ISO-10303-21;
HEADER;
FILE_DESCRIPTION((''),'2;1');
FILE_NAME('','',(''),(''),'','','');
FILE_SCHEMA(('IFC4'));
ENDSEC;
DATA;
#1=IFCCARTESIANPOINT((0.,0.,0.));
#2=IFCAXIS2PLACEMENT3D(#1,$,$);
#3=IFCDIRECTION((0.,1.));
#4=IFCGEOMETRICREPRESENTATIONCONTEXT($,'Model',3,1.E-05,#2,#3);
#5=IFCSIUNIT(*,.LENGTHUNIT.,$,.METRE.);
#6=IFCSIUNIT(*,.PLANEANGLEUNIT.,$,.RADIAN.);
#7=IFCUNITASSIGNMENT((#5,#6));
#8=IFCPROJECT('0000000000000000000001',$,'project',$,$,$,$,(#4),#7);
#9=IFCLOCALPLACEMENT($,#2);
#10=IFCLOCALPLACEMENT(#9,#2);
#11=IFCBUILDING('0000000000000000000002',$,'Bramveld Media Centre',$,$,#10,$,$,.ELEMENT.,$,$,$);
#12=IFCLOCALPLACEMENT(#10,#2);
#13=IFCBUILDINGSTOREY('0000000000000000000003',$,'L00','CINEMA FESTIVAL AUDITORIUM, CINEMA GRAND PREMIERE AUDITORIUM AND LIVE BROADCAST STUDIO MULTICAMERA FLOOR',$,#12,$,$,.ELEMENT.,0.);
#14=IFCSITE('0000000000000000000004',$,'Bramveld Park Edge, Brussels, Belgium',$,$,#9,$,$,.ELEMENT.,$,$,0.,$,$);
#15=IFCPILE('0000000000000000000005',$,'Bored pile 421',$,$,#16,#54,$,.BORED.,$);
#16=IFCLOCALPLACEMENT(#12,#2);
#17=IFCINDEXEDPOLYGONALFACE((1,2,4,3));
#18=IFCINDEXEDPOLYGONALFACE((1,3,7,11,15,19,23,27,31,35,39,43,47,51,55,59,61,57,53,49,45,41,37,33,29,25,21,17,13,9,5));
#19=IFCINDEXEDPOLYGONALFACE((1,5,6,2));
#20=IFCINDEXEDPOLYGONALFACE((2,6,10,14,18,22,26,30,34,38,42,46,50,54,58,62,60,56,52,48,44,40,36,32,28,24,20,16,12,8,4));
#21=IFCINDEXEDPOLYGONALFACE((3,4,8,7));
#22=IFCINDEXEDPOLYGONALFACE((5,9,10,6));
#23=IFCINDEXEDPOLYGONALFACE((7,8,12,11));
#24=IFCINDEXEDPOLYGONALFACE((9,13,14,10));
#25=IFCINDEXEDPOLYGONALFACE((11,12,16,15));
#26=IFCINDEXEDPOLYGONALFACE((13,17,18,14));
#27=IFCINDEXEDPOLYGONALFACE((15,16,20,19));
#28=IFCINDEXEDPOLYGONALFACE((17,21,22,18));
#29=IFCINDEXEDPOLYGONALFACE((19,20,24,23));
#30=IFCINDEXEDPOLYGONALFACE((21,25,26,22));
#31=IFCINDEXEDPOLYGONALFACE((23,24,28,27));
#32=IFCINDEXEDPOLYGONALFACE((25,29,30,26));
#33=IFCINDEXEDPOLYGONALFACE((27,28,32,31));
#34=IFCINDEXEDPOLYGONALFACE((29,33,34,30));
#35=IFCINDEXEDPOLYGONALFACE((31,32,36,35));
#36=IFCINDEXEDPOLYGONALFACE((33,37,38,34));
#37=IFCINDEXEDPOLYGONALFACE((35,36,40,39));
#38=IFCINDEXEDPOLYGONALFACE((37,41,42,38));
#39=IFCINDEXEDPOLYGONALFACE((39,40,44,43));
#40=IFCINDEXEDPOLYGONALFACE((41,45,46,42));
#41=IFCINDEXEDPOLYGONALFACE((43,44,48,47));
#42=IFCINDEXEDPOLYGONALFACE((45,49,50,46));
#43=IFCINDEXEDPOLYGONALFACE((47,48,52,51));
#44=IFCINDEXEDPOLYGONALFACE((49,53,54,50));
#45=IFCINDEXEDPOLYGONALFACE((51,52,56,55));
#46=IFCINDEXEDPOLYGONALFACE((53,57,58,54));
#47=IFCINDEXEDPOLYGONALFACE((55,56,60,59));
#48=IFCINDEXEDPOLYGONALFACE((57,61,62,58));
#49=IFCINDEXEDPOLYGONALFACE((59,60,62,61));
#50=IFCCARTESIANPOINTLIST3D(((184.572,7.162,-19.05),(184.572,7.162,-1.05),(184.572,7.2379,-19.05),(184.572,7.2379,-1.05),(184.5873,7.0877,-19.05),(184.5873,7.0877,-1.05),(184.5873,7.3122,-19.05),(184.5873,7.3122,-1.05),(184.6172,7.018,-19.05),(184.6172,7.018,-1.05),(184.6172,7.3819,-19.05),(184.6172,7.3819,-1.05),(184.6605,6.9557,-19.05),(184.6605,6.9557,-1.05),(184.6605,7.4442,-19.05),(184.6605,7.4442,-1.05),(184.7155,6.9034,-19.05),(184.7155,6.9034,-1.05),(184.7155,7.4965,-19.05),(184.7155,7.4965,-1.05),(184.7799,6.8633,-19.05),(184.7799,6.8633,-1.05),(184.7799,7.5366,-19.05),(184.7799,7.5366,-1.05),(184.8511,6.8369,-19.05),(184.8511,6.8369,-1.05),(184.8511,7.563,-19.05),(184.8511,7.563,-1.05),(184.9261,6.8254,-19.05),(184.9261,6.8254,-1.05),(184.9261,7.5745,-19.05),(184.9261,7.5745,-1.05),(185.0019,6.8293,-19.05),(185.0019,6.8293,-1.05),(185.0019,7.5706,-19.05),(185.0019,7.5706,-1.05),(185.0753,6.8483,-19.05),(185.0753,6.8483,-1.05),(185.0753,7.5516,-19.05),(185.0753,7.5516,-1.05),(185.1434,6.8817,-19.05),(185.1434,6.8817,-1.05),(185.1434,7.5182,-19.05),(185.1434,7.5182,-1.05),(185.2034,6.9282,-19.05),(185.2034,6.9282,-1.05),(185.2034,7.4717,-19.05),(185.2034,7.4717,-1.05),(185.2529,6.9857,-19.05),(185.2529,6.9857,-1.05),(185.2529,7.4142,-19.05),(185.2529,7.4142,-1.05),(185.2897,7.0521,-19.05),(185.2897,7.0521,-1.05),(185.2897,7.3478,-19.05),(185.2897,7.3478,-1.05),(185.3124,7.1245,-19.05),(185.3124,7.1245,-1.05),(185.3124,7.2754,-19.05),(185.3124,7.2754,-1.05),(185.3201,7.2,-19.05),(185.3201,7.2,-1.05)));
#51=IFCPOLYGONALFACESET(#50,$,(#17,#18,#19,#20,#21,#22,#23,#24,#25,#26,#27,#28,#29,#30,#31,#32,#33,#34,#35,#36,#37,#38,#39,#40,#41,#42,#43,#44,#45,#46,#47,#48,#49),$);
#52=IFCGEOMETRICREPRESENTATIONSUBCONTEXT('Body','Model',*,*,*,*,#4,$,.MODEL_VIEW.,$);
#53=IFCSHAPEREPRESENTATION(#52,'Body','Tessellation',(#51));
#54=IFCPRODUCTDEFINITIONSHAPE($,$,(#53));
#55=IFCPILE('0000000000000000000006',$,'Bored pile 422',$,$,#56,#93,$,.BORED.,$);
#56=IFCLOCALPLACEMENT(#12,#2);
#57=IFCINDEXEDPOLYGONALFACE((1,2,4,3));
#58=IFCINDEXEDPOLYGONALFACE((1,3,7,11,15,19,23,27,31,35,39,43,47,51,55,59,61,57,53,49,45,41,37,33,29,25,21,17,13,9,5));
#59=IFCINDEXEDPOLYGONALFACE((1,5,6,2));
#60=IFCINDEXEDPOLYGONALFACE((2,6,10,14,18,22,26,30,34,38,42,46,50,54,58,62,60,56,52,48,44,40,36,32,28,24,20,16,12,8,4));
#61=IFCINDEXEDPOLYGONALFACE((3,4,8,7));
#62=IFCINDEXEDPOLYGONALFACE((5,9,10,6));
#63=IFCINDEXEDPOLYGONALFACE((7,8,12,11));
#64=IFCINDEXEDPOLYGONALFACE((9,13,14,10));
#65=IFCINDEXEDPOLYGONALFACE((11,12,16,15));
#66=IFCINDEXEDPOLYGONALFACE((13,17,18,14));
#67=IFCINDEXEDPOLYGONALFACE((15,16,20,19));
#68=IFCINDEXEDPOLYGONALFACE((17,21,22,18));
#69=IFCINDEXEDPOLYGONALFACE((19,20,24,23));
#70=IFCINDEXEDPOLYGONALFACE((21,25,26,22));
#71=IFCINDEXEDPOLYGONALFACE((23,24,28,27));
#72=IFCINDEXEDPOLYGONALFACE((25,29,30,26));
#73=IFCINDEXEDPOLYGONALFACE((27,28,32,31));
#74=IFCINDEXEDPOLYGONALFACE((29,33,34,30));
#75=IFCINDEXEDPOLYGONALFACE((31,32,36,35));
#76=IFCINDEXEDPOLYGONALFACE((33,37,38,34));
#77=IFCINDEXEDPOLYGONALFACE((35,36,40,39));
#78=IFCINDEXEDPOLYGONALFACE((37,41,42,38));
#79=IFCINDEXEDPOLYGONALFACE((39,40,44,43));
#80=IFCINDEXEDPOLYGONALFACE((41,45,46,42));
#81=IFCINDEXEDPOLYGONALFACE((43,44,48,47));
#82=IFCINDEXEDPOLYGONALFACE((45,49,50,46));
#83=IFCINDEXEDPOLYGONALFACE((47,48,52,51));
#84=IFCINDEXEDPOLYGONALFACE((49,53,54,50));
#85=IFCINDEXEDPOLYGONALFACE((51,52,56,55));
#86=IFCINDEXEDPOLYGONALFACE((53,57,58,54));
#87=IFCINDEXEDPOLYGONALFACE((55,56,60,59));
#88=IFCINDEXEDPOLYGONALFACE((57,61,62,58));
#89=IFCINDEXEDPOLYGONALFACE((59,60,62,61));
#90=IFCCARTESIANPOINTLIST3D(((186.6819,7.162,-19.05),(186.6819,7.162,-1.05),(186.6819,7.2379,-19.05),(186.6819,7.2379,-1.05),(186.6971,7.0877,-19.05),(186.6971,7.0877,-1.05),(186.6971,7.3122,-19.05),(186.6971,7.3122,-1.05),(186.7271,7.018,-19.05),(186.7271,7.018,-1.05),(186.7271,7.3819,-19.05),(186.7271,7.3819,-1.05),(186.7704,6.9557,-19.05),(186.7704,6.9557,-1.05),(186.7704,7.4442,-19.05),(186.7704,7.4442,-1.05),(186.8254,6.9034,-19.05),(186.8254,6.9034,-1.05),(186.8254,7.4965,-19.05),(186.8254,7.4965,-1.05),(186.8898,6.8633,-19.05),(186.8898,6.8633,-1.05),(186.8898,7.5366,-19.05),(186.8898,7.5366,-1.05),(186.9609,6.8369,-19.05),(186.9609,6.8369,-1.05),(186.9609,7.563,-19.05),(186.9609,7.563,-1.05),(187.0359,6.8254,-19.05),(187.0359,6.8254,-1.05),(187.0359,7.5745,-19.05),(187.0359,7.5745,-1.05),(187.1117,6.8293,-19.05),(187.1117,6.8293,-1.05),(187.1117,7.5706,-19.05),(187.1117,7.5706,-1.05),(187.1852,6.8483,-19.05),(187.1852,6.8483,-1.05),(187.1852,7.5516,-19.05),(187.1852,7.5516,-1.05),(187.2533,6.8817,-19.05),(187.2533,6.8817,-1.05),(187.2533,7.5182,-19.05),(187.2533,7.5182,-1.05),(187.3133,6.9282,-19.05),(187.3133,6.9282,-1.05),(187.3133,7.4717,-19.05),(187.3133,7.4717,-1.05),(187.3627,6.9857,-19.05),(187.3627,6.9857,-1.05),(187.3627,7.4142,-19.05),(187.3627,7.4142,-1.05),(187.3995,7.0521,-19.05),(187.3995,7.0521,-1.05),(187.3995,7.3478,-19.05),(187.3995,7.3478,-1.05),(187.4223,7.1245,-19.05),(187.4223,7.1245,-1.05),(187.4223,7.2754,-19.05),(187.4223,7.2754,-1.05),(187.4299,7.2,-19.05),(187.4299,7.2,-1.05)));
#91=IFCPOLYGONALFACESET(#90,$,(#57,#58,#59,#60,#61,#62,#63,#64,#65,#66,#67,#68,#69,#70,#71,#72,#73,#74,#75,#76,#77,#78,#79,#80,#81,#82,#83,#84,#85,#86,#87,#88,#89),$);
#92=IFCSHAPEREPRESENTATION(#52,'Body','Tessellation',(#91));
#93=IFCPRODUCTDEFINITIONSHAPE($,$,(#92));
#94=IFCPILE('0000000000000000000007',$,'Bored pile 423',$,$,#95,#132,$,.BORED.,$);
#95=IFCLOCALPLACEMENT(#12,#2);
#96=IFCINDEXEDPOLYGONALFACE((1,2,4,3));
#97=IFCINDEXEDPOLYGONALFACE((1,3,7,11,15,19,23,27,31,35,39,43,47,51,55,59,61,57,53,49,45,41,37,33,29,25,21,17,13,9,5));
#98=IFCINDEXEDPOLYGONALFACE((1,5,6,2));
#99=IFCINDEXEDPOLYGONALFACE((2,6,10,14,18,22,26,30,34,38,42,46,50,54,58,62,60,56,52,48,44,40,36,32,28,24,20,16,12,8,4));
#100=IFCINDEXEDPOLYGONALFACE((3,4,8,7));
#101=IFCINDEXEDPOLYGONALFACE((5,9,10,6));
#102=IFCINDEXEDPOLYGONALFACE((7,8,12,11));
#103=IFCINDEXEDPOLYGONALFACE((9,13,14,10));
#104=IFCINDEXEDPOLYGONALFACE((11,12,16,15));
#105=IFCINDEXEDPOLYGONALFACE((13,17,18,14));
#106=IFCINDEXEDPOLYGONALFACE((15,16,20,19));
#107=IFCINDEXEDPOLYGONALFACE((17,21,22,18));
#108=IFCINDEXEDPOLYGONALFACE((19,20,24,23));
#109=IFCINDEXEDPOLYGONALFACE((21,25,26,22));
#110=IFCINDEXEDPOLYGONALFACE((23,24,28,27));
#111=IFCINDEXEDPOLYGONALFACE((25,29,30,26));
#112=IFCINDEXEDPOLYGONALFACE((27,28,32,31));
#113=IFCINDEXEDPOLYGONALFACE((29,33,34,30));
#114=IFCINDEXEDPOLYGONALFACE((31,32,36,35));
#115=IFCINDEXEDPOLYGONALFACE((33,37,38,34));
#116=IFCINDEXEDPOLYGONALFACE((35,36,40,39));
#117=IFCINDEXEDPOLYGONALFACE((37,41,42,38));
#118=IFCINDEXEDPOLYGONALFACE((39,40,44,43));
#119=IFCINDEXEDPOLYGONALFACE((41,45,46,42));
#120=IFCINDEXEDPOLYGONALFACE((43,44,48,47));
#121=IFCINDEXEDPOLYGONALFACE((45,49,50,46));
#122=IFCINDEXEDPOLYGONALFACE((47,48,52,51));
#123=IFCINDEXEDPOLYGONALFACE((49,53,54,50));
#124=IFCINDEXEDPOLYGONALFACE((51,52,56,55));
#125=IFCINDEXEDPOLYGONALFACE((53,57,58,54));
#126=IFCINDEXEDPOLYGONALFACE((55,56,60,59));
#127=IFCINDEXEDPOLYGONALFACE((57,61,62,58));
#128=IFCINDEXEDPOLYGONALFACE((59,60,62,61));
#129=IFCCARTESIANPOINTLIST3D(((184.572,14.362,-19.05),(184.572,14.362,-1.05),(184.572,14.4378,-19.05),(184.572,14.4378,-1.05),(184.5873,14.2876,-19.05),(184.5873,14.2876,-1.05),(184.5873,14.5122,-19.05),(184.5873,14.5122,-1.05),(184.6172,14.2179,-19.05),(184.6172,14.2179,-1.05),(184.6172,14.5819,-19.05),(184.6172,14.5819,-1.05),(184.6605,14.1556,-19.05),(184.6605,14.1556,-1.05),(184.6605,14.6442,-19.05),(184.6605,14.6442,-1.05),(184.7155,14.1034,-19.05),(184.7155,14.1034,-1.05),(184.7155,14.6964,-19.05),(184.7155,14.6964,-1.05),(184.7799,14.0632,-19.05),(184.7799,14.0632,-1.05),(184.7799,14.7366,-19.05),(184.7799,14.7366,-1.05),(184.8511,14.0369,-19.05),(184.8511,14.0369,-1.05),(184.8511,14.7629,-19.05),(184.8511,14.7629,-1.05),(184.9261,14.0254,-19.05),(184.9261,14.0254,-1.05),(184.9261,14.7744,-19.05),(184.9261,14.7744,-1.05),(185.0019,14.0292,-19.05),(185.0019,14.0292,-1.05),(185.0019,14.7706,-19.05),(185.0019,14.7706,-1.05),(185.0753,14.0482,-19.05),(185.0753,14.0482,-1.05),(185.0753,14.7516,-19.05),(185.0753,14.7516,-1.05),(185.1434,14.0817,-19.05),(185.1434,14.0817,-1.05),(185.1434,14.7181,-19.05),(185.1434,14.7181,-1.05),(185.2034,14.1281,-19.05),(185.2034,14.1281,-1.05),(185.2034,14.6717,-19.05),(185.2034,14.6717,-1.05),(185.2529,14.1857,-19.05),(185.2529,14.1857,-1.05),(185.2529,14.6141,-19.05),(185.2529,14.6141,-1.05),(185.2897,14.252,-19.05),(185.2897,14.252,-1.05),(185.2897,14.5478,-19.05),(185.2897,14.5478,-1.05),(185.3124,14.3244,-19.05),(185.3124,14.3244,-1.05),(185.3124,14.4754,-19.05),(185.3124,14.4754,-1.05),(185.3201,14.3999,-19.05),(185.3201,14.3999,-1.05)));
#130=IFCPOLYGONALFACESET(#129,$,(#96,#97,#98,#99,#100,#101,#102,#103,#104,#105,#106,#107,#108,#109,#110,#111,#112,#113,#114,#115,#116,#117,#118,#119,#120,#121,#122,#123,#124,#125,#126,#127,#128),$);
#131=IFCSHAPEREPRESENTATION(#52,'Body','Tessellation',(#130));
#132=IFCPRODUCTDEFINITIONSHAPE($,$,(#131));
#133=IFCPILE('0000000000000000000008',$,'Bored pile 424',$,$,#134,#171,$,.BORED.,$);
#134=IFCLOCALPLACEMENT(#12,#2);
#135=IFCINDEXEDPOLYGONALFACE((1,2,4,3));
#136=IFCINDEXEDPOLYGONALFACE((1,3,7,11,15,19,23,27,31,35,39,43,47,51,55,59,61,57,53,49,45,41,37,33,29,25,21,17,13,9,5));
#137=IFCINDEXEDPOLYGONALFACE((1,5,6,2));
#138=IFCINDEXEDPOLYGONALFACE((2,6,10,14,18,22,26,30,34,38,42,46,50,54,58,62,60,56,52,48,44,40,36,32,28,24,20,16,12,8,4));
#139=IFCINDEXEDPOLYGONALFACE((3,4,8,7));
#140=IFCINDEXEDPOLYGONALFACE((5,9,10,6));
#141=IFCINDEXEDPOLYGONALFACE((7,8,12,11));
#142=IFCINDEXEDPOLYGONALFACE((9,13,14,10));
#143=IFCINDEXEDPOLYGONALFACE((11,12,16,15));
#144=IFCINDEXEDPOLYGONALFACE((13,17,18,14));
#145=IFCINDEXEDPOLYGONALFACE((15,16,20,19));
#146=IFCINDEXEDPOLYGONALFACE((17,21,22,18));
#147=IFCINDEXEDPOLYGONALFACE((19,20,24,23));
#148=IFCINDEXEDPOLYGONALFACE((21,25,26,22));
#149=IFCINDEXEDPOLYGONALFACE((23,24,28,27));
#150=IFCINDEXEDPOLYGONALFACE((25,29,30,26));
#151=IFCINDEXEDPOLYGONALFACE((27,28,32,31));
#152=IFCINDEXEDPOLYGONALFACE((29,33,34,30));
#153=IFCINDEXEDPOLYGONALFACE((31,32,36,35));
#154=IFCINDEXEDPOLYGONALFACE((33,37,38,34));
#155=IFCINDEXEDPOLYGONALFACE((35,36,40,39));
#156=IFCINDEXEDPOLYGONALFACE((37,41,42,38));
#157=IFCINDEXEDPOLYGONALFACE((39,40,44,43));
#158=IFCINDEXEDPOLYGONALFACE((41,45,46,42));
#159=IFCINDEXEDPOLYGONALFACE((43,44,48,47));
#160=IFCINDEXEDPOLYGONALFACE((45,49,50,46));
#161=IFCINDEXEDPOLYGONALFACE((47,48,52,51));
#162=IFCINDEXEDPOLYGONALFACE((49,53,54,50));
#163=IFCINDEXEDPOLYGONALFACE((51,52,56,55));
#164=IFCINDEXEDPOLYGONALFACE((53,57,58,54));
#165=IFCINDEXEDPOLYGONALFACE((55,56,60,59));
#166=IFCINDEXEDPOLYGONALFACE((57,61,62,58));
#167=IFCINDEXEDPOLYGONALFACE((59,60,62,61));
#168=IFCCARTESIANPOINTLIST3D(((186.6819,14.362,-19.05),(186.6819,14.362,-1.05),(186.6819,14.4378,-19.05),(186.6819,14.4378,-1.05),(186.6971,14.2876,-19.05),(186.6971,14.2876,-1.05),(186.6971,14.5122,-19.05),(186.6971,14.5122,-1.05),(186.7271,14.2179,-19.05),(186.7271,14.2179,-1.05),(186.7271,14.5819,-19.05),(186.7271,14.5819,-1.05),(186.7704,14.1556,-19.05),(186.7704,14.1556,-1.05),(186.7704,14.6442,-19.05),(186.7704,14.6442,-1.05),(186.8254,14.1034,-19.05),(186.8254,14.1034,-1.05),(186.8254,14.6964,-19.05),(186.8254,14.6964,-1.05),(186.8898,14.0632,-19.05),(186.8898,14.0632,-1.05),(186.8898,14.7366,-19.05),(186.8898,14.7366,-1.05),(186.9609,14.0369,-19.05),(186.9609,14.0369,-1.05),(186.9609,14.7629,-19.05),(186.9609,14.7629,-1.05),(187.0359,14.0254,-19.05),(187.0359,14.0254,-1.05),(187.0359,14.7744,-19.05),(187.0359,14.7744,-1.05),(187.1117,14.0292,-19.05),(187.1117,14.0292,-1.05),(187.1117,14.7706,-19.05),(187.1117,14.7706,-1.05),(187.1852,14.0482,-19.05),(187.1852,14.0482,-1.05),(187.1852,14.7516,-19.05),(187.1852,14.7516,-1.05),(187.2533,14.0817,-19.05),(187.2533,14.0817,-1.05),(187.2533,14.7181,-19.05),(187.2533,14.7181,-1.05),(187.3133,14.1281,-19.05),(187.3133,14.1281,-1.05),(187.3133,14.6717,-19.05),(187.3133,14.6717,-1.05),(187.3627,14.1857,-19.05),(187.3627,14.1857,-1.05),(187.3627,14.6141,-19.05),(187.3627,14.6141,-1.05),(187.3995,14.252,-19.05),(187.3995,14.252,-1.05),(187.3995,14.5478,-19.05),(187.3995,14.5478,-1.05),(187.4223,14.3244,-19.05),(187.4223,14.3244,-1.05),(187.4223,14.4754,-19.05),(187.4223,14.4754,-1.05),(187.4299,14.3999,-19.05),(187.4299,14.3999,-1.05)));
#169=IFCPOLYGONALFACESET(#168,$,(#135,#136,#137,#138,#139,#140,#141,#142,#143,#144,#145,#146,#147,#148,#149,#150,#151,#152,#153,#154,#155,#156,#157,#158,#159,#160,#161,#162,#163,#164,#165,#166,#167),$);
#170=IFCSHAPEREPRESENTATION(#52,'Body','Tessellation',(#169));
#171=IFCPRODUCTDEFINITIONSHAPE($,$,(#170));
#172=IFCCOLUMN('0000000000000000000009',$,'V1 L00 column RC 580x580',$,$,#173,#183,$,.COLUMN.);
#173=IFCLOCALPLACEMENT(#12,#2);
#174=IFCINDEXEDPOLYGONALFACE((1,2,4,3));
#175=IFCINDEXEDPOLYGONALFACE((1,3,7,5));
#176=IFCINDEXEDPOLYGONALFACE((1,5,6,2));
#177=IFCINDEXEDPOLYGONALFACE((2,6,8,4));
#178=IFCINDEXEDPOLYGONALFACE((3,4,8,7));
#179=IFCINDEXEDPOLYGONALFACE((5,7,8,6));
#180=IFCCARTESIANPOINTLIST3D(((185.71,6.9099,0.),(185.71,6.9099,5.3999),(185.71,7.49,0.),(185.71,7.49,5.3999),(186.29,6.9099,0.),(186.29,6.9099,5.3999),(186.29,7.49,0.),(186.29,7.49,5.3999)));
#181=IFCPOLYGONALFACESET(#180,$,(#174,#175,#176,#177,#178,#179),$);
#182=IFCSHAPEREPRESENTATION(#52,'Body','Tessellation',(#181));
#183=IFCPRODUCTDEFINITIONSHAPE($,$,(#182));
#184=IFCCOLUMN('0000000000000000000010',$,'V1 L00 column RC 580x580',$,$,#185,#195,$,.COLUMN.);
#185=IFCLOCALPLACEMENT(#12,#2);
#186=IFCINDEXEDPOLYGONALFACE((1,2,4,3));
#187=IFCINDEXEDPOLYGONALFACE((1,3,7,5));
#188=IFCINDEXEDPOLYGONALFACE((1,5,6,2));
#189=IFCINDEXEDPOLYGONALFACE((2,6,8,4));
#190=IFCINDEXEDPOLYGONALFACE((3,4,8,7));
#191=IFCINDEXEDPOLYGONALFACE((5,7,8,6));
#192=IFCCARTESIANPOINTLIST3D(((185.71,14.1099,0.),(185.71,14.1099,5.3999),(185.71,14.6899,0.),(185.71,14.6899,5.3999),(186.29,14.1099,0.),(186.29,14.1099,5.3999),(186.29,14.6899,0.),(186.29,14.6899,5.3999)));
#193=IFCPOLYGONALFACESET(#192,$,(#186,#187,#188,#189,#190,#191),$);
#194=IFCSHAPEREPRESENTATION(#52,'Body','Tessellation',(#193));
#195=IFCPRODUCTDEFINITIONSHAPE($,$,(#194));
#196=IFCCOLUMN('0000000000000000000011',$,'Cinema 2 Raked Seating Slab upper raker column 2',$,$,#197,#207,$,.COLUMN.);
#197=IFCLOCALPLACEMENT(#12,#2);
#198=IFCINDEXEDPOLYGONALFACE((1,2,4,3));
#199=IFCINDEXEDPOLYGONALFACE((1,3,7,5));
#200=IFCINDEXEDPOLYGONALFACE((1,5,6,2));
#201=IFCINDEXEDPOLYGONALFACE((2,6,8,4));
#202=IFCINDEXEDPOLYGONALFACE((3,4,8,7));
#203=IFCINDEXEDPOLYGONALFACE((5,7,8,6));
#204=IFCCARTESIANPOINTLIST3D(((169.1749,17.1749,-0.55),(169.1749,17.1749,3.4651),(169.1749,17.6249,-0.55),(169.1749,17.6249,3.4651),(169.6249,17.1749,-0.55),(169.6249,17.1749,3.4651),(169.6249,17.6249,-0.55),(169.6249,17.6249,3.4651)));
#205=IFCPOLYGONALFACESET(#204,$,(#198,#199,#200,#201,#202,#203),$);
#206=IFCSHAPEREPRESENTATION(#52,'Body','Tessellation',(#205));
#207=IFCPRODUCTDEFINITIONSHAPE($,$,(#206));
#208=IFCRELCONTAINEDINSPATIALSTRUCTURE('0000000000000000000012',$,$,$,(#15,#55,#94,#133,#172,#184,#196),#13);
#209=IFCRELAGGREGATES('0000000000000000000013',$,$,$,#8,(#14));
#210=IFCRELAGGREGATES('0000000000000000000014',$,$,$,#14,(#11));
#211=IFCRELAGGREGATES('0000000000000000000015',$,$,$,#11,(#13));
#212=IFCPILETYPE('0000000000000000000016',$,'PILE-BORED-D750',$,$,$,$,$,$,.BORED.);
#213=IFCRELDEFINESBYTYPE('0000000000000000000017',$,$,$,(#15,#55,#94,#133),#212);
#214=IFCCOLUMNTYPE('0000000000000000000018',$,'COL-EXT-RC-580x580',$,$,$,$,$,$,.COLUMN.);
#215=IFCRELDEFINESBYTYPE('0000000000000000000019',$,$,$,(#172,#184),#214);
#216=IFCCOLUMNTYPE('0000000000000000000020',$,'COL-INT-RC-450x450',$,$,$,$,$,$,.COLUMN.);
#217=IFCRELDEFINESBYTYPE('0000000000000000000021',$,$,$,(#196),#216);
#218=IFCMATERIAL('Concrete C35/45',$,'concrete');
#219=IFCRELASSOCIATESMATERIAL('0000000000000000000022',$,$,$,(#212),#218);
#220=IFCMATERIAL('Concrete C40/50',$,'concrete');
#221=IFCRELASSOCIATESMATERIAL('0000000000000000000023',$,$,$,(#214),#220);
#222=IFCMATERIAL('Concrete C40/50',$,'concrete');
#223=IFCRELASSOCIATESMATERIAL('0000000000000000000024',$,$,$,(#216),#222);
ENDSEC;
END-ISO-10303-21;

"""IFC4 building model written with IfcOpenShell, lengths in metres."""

from ifc_helpers import new_model, si_unit, direction, frame, origin, origin_2d, place, context, subcontext, project, spatial, rectangle, circle, extrude, material, material_profile, profile_set, type_object, element, save


model = new_model("IFC4")

# Units and contexts
model_context = context("Model", 3, precision=1e-05, world=origin(), true_north=direction((0.0, 1.0)))
body_context = subcontext(model_context, "Body", "Model", "MODEL_VIEW")
ifc_project = project(units=[si_unit("LENGTHUNIT", "METRE"), si_unit("PLANEANGLEUNIT", "RADIAN")], contexts=[model_context])

# Site, building, storey
site_placement = place(None, origin())
site = spatial("IfcSite", under=ifc_project, at=site_placement, Name="Bramveld Park Edge, Brussels, Belgium", CompositionType="ELEMENT", RefElevation=0.0)
building_placement = place(site_placement, origin())
building = spatial("IfcBuilding", under=site, at=building_placement, Name="Bramveld Media Centre", CompositionType="ELEMENT")
storey_placement = place(building_placement, origin())
storey = spatial("IfcBuildingStorey", under=building, at=storey_placement, Name="L00", Description="CINEMA FESTIVAL AUDITORIUM, CINEMA GRAND PREMIERE AUDITORIUM AND LIVE BROADCAST STUDIO MULTICAMERA FLOOR", CompositionType="ELEMENT", Elevation=0.0)

# Piles
ifc_material_1 = material(Name="Concrete C35/45", Category="concrete")
ifc_material_profile_1 = material_profile(ifc_material_1, circle(Radius=0.375, at=origin_2d()), Name="BORED D750")
ifc_profile_set_1 = profile_set([ifc_material_profile_1], Name="Concrete C35/45")
pile_type = type_object("IfcPileType", Name="PILE-BORED-D750", PredefinedType="BORED", material=ifc_profile_set_1)
for number, where, z_axis, x_axis, name in (
    (1, (184.9451, 7.2, -1.05), (0.0, 0.0, -1.0), (1.0, 0.0, 0.0), "Bored pile 421"),
    (2, (187.0549, 7.2, -1.05), (0.0, 0.0, -1.0), (1.0, 0.0, 0.0), "Bored pile 422"),
    (3, (184.9451, 14.3999, -1.05), (0.0, 0.0, -1.0), (1.0, 0.0, 0.0), "Bored pile 423"),
    (4, (187.0549, 14.3999, -1.05), (0.0, 0.0, -1.0), (1.0, 0.0, 0.0), "Bored pile 424"),
):
    element("IfcPile", number, at=place(storey_placement, frame(where, z_axis=z_axis, x_axis=x_axis)), inside=storey, type_object=pile_type, Name=name, PredefinedType="BORED", context=body_context, shape_type="SweptSolid", body=[
        extrude(circle(Radius=0.375, at=origin_2d()), origin(), (0.0, 0.0, 1.0), 18.0),
    ])

# Columns
ifc_material_2 = material(Name="Concrete C40/50", Category="concrete")
ifc_material_profile_2 = material_profile(ifc_material_2, rectangle(XDim=0.5801, YDim=0.5801, at=origin_2d()), Name="RC 580x580")
ifc_profile_set_2 = profile_set([ifc_material_profile_2], Name="Concrete C40/50")
column_type_1 = type_object("IfcColumnType", Name="COL-EXT-RC-580x580", PredefinedType="COLUMN", material=ifc_profile_set_2)
for number, where, z_axis, x_axis, name in (
    (5, (186.0, 7.2, 0.0), (0.0, 0.0, 1.0), (1.0, 0.0, 0.0), "V1 L00 column RC 580x580"),
    (6, (186.0, 14.3999, 0.0), (0.0, 0.0, 1.0), (1.0, 0.0, 0.0), "V1 L00 column RC 580x580"),
):
    element("IfcColumn", number, at=place(storey_placement, frame(where, z_axis=z_axis, x_axis=x_axis)), inside=storey, type_object=column_type_1, Name=name, PredefinedType="COLUMN", context=body_context, shape_type="SweptSolid", body=[
        extrude(rectangle(XDim=0.5801, YDim=0.5801, at=origin_2d()), origin(), (0.0, 0.0, 1.0), 5.3999),
    ])
ifc_material_3 = material(Name="Concrete C40/50", Category="concrete")
ifc_material_profile_3 = material_profile(ifc_material_3, rectangle(XDim=0.45, YDim=0.45, at=origin_2d()), Name="RC 450x450")
ifc_profile_set_3 = profile_set([ifc_material_profile_3], Name="Concrete C40/50")
column_type_2 = type_object("IfcColumnType", Name="COL-INT-RC-450x450", PredefinedType="COLUMN", material=ifc_profile_set_3)
for number, where, z_axis, x_axis, name in (
    (7, (169.3999, 17.3999, -0.55), (0.0, 0.0, 1.0), (1.0, 0.0, 0.0), "Cinema 2 Raked Seating Slab upper raker column 2"),
):
    element("IfcColumn", number, at=place(storey_placement, frame(where, z_axis=z_axis, x_axis=x_axis)), inside=storey, type_object=column_type_2, Name=name, PredefinedType="COLUMN", context=body_context, shape_type="SweptSolid", body=[
        extrude(rectangle(XDim=0.45, YDim=0.45, at=origin_2d()), origin(), (0.0, 0.0, 1.0), 4.0151),
    ])

save(model, "model.ifc")
